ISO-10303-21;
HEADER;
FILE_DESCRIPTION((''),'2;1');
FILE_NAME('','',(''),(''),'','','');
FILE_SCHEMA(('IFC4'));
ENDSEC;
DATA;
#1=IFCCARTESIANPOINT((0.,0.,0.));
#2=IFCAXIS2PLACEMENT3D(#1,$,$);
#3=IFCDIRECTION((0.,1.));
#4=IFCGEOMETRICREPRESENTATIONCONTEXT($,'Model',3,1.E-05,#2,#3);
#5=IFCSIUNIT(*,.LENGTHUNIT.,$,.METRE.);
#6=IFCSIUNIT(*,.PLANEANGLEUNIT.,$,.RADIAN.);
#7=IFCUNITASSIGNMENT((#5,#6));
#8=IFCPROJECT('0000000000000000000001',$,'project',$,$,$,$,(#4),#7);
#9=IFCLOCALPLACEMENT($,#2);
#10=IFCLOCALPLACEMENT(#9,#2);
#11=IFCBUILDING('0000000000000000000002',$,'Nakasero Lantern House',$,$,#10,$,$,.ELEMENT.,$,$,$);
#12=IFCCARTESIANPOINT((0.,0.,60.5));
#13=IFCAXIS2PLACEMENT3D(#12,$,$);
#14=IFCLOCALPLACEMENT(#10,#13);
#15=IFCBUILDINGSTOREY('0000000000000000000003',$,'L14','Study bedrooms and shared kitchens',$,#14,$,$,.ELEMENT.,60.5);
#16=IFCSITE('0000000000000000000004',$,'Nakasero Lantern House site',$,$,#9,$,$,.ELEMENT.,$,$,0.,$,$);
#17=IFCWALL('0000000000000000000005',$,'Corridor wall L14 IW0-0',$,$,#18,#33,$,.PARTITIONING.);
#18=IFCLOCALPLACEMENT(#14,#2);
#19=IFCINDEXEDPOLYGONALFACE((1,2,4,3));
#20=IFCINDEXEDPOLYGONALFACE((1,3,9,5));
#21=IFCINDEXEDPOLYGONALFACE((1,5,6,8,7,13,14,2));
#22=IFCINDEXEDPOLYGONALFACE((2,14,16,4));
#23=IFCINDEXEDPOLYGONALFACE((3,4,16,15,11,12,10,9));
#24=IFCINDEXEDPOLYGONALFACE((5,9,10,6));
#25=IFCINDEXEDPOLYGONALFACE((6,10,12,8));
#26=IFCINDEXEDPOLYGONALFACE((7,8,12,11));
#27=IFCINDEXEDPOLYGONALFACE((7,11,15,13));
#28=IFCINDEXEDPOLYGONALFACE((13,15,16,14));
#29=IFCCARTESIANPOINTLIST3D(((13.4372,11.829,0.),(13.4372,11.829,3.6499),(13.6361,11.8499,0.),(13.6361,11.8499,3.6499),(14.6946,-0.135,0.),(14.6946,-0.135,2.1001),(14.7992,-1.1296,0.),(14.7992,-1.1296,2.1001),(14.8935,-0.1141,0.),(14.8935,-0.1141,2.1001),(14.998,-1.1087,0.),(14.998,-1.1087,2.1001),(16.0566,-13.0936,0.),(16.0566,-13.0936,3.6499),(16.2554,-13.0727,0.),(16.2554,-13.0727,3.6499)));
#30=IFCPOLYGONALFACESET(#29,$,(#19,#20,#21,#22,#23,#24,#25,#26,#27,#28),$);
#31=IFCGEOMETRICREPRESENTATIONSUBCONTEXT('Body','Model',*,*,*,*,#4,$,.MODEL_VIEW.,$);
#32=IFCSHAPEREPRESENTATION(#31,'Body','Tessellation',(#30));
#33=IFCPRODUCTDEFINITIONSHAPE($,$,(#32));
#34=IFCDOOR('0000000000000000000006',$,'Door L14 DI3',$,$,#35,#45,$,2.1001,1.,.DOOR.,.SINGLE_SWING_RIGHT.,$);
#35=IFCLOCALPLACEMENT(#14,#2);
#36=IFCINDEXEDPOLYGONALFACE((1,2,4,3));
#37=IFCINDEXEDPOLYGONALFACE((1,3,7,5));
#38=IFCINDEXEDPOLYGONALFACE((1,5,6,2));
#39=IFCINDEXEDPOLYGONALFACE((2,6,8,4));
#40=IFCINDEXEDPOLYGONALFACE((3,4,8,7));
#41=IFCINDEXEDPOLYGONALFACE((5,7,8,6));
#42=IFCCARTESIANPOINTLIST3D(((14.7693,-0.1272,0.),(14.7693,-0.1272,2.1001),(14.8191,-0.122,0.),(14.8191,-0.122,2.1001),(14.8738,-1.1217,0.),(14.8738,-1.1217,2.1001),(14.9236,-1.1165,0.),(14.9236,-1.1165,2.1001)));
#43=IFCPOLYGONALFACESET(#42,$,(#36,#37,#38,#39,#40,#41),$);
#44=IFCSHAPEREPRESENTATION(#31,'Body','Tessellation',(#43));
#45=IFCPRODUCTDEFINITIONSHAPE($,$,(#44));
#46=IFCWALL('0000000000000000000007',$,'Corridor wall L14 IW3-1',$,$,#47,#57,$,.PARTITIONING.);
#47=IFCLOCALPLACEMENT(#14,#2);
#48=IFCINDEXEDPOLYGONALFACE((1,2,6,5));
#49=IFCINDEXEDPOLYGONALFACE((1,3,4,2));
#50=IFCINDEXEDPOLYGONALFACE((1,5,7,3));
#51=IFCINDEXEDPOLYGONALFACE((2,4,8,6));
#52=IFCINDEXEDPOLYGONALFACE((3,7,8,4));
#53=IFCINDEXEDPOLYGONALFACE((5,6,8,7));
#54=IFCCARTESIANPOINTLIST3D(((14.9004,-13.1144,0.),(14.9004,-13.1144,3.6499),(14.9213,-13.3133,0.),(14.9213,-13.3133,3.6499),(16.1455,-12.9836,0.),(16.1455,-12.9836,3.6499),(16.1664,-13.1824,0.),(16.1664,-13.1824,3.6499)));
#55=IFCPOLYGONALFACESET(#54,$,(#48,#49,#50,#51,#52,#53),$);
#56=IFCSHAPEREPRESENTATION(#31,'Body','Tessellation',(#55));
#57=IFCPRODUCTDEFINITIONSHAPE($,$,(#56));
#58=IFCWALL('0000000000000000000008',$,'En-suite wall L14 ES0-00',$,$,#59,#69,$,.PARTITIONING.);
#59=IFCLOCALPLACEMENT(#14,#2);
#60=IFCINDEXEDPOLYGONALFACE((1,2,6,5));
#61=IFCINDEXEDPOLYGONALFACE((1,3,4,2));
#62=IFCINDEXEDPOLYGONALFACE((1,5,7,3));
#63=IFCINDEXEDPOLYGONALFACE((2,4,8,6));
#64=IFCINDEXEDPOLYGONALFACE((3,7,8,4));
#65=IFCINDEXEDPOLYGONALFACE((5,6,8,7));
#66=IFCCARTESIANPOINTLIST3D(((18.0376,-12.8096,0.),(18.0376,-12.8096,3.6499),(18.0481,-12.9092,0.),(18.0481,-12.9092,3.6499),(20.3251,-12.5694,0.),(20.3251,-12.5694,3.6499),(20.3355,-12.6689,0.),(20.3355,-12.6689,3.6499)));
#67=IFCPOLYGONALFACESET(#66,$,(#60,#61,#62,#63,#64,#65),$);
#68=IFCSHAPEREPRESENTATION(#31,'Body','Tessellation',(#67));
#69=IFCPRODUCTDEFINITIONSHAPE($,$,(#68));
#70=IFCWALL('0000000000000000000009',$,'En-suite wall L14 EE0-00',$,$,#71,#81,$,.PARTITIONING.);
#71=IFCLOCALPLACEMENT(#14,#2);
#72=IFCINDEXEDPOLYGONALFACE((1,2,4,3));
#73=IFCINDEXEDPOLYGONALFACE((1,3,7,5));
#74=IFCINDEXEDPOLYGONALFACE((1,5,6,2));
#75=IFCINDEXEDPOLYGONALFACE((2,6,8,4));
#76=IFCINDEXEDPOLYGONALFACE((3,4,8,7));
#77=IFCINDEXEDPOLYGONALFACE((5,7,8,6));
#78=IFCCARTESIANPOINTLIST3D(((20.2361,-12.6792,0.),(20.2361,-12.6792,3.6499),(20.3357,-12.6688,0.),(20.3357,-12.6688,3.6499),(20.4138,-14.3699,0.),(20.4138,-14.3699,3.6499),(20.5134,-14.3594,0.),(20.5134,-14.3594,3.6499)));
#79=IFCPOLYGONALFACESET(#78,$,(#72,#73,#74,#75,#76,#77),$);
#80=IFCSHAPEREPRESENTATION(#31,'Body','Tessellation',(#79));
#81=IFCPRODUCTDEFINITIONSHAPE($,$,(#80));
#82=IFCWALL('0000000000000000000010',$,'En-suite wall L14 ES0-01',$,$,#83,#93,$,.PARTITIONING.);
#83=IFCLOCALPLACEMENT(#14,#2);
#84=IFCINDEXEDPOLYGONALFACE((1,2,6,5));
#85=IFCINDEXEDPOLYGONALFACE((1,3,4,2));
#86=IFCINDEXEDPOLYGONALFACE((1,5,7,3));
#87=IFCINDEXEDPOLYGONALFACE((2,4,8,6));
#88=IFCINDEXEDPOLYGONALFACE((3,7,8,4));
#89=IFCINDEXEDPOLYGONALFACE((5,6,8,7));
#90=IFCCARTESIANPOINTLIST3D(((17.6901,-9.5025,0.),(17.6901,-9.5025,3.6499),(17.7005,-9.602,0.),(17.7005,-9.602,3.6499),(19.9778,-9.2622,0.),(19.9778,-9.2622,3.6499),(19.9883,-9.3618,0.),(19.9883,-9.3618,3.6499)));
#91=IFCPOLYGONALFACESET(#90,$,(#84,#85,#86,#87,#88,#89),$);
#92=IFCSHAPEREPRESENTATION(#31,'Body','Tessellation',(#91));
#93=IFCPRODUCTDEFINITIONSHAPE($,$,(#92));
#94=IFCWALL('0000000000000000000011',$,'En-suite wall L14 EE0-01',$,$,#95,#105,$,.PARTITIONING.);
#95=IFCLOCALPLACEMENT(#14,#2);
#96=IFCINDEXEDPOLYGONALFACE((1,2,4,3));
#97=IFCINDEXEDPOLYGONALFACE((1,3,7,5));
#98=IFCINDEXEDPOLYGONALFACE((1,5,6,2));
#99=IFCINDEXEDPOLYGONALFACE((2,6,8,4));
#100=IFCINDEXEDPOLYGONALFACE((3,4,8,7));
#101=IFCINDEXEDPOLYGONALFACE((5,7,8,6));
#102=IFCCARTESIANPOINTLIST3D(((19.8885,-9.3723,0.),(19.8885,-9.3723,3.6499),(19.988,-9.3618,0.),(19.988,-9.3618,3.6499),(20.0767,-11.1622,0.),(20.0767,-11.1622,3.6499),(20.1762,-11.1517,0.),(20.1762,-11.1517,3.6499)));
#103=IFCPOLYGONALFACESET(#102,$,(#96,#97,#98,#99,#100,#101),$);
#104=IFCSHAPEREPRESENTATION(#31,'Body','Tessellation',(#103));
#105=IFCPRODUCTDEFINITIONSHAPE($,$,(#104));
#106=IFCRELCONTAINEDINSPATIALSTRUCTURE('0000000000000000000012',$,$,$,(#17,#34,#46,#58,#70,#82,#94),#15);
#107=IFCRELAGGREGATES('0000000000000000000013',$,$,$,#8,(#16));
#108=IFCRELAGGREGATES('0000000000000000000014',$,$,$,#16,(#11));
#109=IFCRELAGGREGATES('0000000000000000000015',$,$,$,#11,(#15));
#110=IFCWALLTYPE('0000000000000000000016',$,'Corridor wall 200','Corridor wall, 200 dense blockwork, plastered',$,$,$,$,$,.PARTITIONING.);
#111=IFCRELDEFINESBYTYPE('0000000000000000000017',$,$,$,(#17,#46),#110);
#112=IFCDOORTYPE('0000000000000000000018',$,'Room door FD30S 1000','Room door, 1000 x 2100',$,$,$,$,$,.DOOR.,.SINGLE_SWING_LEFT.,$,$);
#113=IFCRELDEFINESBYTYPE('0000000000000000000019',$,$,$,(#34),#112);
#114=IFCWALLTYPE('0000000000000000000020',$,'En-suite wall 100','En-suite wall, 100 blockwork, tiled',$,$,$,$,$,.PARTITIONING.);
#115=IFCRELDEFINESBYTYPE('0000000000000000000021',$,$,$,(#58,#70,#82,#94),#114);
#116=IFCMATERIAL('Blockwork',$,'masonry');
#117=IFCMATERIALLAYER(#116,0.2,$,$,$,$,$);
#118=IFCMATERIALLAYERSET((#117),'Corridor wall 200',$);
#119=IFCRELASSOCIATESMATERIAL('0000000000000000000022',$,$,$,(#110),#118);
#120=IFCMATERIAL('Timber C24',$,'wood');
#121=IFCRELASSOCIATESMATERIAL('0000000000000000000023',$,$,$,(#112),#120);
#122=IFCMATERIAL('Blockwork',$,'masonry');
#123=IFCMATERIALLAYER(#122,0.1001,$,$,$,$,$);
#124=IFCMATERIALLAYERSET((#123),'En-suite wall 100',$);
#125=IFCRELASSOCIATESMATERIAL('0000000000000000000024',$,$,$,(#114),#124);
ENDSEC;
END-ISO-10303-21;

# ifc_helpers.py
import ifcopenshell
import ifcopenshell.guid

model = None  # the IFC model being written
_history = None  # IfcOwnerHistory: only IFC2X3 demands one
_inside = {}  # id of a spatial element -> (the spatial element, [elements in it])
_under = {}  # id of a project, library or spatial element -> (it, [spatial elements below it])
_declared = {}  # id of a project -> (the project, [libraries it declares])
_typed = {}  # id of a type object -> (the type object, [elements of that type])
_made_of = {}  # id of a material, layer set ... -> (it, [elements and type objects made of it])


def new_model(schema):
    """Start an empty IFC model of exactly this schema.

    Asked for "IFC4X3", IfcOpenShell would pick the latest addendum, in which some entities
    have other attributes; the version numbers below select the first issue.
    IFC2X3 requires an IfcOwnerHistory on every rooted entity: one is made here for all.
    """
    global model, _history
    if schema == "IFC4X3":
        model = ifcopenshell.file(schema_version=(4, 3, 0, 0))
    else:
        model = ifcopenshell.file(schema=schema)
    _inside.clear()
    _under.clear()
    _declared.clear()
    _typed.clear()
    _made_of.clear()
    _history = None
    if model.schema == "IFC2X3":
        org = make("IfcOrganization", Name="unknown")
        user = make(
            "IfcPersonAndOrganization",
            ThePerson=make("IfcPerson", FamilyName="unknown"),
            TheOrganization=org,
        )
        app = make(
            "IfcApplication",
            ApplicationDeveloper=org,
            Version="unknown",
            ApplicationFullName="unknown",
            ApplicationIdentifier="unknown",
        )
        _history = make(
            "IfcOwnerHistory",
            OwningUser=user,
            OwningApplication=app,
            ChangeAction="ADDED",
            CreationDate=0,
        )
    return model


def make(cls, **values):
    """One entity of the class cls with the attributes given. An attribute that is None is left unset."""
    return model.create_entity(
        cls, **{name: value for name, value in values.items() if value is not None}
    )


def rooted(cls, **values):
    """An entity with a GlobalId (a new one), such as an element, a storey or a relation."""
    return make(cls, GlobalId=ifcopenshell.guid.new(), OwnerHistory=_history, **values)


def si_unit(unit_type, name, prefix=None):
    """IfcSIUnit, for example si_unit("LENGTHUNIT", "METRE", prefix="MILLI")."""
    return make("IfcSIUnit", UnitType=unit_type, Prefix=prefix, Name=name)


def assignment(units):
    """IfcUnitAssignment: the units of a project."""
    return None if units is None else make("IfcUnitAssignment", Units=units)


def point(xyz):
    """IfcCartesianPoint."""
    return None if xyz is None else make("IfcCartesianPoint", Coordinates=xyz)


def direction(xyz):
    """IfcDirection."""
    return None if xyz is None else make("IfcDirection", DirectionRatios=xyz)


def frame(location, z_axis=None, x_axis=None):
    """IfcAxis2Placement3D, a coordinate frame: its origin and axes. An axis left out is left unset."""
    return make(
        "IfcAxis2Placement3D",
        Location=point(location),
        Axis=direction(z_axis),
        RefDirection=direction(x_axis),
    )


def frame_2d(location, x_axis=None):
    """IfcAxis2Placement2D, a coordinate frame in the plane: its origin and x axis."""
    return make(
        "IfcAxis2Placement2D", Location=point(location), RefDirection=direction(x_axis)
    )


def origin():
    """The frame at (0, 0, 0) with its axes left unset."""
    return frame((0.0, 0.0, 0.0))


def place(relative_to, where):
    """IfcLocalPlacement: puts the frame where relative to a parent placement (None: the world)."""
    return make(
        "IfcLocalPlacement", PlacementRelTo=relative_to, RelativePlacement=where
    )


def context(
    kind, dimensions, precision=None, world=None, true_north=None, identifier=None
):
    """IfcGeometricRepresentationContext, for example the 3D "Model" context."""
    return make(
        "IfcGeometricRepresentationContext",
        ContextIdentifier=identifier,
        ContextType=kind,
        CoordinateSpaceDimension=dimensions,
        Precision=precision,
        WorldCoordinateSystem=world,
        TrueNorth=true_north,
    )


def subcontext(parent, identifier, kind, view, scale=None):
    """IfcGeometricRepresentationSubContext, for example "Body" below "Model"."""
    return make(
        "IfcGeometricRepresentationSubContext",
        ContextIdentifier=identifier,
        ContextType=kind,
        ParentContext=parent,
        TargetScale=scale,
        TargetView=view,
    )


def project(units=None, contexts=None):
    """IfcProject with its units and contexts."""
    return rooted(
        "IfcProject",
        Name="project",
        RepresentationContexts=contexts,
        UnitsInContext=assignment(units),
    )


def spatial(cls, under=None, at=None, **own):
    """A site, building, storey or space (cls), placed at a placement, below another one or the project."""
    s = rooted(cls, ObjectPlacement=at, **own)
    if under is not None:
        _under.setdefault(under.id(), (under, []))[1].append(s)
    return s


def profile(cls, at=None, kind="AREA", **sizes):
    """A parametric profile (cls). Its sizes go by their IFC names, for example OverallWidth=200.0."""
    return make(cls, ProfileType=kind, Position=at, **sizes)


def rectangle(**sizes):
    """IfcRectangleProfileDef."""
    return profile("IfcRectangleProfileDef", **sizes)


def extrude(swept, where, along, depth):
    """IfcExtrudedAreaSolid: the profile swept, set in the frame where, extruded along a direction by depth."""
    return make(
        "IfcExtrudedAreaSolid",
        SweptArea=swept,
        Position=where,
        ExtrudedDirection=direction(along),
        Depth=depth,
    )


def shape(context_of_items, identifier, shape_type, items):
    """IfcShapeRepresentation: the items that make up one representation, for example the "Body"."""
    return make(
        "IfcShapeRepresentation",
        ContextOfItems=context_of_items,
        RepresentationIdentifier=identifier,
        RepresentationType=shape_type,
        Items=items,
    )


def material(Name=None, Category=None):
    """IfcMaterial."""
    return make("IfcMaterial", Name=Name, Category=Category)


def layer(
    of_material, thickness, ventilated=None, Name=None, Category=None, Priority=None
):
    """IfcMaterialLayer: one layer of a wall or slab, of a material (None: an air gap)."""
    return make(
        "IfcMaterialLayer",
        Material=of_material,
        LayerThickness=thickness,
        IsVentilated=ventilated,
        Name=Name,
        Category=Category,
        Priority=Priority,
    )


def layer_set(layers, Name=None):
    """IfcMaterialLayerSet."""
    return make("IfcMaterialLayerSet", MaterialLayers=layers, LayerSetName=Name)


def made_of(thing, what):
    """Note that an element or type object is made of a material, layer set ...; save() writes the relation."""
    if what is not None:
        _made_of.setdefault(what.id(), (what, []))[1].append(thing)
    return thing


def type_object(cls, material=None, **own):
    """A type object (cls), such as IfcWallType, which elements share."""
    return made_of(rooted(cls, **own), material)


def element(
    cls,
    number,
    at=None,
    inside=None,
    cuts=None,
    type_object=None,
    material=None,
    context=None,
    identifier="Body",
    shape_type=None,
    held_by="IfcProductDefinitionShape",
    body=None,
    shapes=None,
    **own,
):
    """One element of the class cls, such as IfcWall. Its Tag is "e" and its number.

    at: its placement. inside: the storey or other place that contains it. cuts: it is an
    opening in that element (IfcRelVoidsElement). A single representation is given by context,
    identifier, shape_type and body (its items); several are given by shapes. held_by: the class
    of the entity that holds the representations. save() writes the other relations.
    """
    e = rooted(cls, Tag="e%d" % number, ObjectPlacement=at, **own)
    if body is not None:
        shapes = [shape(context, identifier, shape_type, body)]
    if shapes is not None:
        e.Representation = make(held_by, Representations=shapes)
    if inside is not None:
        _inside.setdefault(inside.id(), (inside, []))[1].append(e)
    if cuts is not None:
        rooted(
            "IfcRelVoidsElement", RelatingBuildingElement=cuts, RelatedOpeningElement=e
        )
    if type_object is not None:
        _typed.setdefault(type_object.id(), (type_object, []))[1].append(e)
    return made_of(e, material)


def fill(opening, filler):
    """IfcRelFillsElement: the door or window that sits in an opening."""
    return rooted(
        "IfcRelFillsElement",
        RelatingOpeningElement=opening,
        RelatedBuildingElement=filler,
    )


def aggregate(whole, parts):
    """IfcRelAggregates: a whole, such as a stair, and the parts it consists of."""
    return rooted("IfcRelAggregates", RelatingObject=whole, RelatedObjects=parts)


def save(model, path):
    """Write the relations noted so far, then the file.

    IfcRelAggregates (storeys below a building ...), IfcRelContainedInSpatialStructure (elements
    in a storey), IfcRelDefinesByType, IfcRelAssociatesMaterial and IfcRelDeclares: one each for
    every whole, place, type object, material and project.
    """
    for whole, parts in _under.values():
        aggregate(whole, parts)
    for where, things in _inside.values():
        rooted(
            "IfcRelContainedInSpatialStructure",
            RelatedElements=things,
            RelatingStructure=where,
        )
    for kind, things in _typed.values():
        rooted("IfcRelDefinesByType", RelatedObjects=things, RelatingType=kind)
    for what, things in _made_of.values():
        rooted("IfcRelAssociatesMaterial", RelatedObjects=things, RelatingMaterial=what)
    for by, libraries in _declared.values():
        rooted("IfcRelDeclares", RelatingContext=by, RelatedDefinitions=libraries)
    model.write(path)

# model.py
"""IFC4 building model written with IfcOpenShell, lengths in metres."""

from ifc_helpers import new_model, si_unit, direction, frame, frame_2d, origin, place, context, subcontext, project, spatial, rectangle, extrude, material, layer, layer_set, type_object, element, fill, save


model = new_model("IFC4")

# Units and contexts
model_context = context("Model", 3, precision=1e-05, world=origin(), true_north=direction((0.0, 1.0)))
body_context = subcontext(model_context, "Body", "Model", "MODEL_VIEW")
ifc_project = project(units=[si_unit("LENGTHUNIT", "METRE"), si_unit("PLANEANGLEUNIT", "RADIAN")], contexts=[model_context])

# Site, building, storey
site_placement = place(None, origin())
site = spatial("IfcSite", under=ifc_project, at=site_placement, Name="Nakasero Lantern House site", CompositionType="ELEMENT", RefElevation=0.0)
building_placement = place(site_placement, origin())
building = spatial("IfcBuilding", under=site, at=building_placement, Name="Nakasero Lantern House", CompositionType="ELEMENT")
storey_placement = place(building_placement, frame((0.0, 0.0, 60.5)))
storey = spatial("IfcBuildingStorey", under=building, at=storey_placement, Name="L14", Description="Study bedrooms and shared kitchens", CompositionType="ELEMENT", Elevation=60.5)

# Wall, opening, door
ifc_material_1 = material(Name="Blockwork", Category="masonry")
ifc_layer_1 = layer(ifc_material_1, 0.2)
ifc_layer_set_1 = layer_set([ifc_layer_1], Name="Corridor wall 200")
wall_type_1 = type_object("IfcWallType", Name="Corridor wall 200", Description="Corridor wall, 200 dense blockwork, plastered", PredefinedType="PARTITIONING", material=ifc_layer_set_1)
wall_1_placement = place(storey_placement, frame((16.156, -13.083, 0.0), z_axis=(0.0, 0.0, 1.0), x_axis=(-0.104525, 0.994522, 0.0)))
wall_1 = element("IfcWall", 1, at=wall_1_placement, inside=storey, type_object=wall_type_1, Name="Corridor wall L14 IW0-0", PredefinedType="PARTITIONING", context=body_context, shape_type="SweptSolid", body=[
    extrude(rectangle(XDim=25.0598, YDim=0.2, at=frame_2d((12.5298, 0.0))), origin(), (0.0, 0.0, 1.0), 3.6499),
])
opening_1_placement = place(wall_1_placement, frame((12.0298, 0.0, 0.0)))
opening_1 = element("IfcOpeningElement", 2, at=opening_1_placement, cuts=wall_1, PredefinedType="OPENING", context=body_context, shape_type="SweptSolid", body=[
    extrude(rectangle(XDim=1.0, YDim=2.1001, at=frame_2d((0.5, 1.05))), frame((0.0, 0.1199, 0.0), z_axis=(0.0, -1.0, 0.0), x_axis=(1.0, 0.0, 0.0)), (0.0, 0.0, 1.0), 0.24),
])
ifc_material_2 = material(Name="Timber C24", Category="wood")
door_type = type_object("IfcDoorType", Name="Room door FD30S 1000", Description="Room door, 1000 x 2100", OperationType="SINGLE_SWING_LEFT", PredefinedType="DOOR", material=ifc_material_2)
door_placement = place(opening_1_placement, origin())
door = element("IfcDoor", 3, at=door_placement, inside=storey, type_object=door_type, Name="Door L14 DI3", OperationType="SINGLE_SWING_RIGHT", OverallHeight=2.1001, OverallWidth=1.0, PredefinedType="DOOR", context=body_context, shape_type="SweptSolid", body=[
    extrude(rectangle(XDim=1.0, YDim=2.1001, at=frame_2d((0.5, 1.05))), frame((0.0, 0.0249, 0.0), z_axis=(0.0, -1.0, 0.0), x_axis=(1.0, 0.0, 0.0)), (0.0, 0.0, 1.0), 0.05),
])
fill(opening_1, door)

# Walls
wall_2_placement = place(storey_placement, frame((14.9109, -13.2139, 0.0), z_axis=(0.0, 0.0, 1.0), x_axis=(0.994523, 0.104522, 0.0)))
element("IfcWall", 4, at=wall_2_placement, inside=storey, type_object=wall_type_1, Name="Corridor wall L14 IW3-1", PredefinedType="PARTITIONING", context=body_context, shape_type="SweptSolid", body=[
    extrude(rectangle(XDim=1.252, YDim=0.2, at=frame_2d((0.626, 0.0))), origin(), (0.0, 0.0, 1.0), 3.6499),
])
ifc_material_3 = material(Name="Blockwork", Category="masonry")
ifc_layer_2 = layer(ifc_material_3, 0.1001)
ifc_layer_set_2 = layer_set([ifc_layer_2], Name="En-suite wall 100")
wall_type_2 = type_object("IfcWallType", Name="En-suite wall 100", Description="En-suite wall, 100 blockwork, tiled", PredefinedType="PARTITIONING", material=ifc_layer_set_2)
wall_3_placement = place(storey_placement, frame((18.043, -12.8594, 0.0), z_axis=(0.0, 0.0, 1.0), x_axis=(0.99453, 0.104453, 0.0)))
element("IfcWall", 5, at=wall_3_placement, inside=storey, type_object=wall_type_2, Name="En-suite wall L14 ES0-00", PredefinedType="PARTITIONING", context=body_context, shape_type="SweptSolid", body=[
    extrude(rectangle(XDim=2.3, YDim=0.1001, at=frame_2d((1.1499, 0.0))), origin(), (0.0, 0.0, 1.0), 3.6499),
])
wall_4_placement = place(storey_placement, frame((20.4636, -14.3647, 0.0), z_axis=(0.0, 0.0, 1.0), x_axis=(-0.10455, 0.99452, 0.0)))
element("IfcWall", 6, at=wall_4_placement, inside=storey, type_object=wall_type_2, Name="En-suite wall L14 EE0-00", PredefinedType="PARTITIONING", context=body_context, shape_type="SweptSolid", body=[
    extrude(rectangle(XDim=1.7, YDim=0.1001, at=frame_2d((0.8501, 0.0))), origin(), (0.0, 0.0, 1.0), 3.6499),
])
wall_5_placement = place(storey_placement, frame((17.6953, -9.5522, 0.0), z_axis=(0.0, 0.0, 1.0), x_axis=(0.994531, 0.104442, 0.0)))
element("IfcWall", 7, at=wall_5_placement, inside=storey, type_object=wall_type_2, Name="En-suite wall L14 ES0-01", PredefinedType="PARTITIONING", context=body_context, shape_type="SweptSolid", body=[
    extrude(rectangle(XDim=2.3003, YDim=0.1001, at=frame_2d((1.1501, 0.0))), origin(), (0.0, 0.0, 1.0), 3.6499),
])
wall_6_placement = place(storey_placement, frame((20.1265, -11.157, 0.0), z_axis=(0.0, 0.0, 1.0), x_axis=(-0.104579, 0.994517, 0.0)))
element("IfcWall", 8, at=wall_6_placement, inside=storey, type_object=wall_type_2, Name="En-suite wall L14 EE0-01", PredefinedType="PARTITIONING", context=body_context, shape_type="SweptSolid", body=[
    extrude(rectangle(XDim=1.7998, YDim=0.1001, at=frame_2d((0.8999, 0.0))), origin(), (0.0, 0.0, 1.0), 3.6499),
])

save(model, "model.ifc")
